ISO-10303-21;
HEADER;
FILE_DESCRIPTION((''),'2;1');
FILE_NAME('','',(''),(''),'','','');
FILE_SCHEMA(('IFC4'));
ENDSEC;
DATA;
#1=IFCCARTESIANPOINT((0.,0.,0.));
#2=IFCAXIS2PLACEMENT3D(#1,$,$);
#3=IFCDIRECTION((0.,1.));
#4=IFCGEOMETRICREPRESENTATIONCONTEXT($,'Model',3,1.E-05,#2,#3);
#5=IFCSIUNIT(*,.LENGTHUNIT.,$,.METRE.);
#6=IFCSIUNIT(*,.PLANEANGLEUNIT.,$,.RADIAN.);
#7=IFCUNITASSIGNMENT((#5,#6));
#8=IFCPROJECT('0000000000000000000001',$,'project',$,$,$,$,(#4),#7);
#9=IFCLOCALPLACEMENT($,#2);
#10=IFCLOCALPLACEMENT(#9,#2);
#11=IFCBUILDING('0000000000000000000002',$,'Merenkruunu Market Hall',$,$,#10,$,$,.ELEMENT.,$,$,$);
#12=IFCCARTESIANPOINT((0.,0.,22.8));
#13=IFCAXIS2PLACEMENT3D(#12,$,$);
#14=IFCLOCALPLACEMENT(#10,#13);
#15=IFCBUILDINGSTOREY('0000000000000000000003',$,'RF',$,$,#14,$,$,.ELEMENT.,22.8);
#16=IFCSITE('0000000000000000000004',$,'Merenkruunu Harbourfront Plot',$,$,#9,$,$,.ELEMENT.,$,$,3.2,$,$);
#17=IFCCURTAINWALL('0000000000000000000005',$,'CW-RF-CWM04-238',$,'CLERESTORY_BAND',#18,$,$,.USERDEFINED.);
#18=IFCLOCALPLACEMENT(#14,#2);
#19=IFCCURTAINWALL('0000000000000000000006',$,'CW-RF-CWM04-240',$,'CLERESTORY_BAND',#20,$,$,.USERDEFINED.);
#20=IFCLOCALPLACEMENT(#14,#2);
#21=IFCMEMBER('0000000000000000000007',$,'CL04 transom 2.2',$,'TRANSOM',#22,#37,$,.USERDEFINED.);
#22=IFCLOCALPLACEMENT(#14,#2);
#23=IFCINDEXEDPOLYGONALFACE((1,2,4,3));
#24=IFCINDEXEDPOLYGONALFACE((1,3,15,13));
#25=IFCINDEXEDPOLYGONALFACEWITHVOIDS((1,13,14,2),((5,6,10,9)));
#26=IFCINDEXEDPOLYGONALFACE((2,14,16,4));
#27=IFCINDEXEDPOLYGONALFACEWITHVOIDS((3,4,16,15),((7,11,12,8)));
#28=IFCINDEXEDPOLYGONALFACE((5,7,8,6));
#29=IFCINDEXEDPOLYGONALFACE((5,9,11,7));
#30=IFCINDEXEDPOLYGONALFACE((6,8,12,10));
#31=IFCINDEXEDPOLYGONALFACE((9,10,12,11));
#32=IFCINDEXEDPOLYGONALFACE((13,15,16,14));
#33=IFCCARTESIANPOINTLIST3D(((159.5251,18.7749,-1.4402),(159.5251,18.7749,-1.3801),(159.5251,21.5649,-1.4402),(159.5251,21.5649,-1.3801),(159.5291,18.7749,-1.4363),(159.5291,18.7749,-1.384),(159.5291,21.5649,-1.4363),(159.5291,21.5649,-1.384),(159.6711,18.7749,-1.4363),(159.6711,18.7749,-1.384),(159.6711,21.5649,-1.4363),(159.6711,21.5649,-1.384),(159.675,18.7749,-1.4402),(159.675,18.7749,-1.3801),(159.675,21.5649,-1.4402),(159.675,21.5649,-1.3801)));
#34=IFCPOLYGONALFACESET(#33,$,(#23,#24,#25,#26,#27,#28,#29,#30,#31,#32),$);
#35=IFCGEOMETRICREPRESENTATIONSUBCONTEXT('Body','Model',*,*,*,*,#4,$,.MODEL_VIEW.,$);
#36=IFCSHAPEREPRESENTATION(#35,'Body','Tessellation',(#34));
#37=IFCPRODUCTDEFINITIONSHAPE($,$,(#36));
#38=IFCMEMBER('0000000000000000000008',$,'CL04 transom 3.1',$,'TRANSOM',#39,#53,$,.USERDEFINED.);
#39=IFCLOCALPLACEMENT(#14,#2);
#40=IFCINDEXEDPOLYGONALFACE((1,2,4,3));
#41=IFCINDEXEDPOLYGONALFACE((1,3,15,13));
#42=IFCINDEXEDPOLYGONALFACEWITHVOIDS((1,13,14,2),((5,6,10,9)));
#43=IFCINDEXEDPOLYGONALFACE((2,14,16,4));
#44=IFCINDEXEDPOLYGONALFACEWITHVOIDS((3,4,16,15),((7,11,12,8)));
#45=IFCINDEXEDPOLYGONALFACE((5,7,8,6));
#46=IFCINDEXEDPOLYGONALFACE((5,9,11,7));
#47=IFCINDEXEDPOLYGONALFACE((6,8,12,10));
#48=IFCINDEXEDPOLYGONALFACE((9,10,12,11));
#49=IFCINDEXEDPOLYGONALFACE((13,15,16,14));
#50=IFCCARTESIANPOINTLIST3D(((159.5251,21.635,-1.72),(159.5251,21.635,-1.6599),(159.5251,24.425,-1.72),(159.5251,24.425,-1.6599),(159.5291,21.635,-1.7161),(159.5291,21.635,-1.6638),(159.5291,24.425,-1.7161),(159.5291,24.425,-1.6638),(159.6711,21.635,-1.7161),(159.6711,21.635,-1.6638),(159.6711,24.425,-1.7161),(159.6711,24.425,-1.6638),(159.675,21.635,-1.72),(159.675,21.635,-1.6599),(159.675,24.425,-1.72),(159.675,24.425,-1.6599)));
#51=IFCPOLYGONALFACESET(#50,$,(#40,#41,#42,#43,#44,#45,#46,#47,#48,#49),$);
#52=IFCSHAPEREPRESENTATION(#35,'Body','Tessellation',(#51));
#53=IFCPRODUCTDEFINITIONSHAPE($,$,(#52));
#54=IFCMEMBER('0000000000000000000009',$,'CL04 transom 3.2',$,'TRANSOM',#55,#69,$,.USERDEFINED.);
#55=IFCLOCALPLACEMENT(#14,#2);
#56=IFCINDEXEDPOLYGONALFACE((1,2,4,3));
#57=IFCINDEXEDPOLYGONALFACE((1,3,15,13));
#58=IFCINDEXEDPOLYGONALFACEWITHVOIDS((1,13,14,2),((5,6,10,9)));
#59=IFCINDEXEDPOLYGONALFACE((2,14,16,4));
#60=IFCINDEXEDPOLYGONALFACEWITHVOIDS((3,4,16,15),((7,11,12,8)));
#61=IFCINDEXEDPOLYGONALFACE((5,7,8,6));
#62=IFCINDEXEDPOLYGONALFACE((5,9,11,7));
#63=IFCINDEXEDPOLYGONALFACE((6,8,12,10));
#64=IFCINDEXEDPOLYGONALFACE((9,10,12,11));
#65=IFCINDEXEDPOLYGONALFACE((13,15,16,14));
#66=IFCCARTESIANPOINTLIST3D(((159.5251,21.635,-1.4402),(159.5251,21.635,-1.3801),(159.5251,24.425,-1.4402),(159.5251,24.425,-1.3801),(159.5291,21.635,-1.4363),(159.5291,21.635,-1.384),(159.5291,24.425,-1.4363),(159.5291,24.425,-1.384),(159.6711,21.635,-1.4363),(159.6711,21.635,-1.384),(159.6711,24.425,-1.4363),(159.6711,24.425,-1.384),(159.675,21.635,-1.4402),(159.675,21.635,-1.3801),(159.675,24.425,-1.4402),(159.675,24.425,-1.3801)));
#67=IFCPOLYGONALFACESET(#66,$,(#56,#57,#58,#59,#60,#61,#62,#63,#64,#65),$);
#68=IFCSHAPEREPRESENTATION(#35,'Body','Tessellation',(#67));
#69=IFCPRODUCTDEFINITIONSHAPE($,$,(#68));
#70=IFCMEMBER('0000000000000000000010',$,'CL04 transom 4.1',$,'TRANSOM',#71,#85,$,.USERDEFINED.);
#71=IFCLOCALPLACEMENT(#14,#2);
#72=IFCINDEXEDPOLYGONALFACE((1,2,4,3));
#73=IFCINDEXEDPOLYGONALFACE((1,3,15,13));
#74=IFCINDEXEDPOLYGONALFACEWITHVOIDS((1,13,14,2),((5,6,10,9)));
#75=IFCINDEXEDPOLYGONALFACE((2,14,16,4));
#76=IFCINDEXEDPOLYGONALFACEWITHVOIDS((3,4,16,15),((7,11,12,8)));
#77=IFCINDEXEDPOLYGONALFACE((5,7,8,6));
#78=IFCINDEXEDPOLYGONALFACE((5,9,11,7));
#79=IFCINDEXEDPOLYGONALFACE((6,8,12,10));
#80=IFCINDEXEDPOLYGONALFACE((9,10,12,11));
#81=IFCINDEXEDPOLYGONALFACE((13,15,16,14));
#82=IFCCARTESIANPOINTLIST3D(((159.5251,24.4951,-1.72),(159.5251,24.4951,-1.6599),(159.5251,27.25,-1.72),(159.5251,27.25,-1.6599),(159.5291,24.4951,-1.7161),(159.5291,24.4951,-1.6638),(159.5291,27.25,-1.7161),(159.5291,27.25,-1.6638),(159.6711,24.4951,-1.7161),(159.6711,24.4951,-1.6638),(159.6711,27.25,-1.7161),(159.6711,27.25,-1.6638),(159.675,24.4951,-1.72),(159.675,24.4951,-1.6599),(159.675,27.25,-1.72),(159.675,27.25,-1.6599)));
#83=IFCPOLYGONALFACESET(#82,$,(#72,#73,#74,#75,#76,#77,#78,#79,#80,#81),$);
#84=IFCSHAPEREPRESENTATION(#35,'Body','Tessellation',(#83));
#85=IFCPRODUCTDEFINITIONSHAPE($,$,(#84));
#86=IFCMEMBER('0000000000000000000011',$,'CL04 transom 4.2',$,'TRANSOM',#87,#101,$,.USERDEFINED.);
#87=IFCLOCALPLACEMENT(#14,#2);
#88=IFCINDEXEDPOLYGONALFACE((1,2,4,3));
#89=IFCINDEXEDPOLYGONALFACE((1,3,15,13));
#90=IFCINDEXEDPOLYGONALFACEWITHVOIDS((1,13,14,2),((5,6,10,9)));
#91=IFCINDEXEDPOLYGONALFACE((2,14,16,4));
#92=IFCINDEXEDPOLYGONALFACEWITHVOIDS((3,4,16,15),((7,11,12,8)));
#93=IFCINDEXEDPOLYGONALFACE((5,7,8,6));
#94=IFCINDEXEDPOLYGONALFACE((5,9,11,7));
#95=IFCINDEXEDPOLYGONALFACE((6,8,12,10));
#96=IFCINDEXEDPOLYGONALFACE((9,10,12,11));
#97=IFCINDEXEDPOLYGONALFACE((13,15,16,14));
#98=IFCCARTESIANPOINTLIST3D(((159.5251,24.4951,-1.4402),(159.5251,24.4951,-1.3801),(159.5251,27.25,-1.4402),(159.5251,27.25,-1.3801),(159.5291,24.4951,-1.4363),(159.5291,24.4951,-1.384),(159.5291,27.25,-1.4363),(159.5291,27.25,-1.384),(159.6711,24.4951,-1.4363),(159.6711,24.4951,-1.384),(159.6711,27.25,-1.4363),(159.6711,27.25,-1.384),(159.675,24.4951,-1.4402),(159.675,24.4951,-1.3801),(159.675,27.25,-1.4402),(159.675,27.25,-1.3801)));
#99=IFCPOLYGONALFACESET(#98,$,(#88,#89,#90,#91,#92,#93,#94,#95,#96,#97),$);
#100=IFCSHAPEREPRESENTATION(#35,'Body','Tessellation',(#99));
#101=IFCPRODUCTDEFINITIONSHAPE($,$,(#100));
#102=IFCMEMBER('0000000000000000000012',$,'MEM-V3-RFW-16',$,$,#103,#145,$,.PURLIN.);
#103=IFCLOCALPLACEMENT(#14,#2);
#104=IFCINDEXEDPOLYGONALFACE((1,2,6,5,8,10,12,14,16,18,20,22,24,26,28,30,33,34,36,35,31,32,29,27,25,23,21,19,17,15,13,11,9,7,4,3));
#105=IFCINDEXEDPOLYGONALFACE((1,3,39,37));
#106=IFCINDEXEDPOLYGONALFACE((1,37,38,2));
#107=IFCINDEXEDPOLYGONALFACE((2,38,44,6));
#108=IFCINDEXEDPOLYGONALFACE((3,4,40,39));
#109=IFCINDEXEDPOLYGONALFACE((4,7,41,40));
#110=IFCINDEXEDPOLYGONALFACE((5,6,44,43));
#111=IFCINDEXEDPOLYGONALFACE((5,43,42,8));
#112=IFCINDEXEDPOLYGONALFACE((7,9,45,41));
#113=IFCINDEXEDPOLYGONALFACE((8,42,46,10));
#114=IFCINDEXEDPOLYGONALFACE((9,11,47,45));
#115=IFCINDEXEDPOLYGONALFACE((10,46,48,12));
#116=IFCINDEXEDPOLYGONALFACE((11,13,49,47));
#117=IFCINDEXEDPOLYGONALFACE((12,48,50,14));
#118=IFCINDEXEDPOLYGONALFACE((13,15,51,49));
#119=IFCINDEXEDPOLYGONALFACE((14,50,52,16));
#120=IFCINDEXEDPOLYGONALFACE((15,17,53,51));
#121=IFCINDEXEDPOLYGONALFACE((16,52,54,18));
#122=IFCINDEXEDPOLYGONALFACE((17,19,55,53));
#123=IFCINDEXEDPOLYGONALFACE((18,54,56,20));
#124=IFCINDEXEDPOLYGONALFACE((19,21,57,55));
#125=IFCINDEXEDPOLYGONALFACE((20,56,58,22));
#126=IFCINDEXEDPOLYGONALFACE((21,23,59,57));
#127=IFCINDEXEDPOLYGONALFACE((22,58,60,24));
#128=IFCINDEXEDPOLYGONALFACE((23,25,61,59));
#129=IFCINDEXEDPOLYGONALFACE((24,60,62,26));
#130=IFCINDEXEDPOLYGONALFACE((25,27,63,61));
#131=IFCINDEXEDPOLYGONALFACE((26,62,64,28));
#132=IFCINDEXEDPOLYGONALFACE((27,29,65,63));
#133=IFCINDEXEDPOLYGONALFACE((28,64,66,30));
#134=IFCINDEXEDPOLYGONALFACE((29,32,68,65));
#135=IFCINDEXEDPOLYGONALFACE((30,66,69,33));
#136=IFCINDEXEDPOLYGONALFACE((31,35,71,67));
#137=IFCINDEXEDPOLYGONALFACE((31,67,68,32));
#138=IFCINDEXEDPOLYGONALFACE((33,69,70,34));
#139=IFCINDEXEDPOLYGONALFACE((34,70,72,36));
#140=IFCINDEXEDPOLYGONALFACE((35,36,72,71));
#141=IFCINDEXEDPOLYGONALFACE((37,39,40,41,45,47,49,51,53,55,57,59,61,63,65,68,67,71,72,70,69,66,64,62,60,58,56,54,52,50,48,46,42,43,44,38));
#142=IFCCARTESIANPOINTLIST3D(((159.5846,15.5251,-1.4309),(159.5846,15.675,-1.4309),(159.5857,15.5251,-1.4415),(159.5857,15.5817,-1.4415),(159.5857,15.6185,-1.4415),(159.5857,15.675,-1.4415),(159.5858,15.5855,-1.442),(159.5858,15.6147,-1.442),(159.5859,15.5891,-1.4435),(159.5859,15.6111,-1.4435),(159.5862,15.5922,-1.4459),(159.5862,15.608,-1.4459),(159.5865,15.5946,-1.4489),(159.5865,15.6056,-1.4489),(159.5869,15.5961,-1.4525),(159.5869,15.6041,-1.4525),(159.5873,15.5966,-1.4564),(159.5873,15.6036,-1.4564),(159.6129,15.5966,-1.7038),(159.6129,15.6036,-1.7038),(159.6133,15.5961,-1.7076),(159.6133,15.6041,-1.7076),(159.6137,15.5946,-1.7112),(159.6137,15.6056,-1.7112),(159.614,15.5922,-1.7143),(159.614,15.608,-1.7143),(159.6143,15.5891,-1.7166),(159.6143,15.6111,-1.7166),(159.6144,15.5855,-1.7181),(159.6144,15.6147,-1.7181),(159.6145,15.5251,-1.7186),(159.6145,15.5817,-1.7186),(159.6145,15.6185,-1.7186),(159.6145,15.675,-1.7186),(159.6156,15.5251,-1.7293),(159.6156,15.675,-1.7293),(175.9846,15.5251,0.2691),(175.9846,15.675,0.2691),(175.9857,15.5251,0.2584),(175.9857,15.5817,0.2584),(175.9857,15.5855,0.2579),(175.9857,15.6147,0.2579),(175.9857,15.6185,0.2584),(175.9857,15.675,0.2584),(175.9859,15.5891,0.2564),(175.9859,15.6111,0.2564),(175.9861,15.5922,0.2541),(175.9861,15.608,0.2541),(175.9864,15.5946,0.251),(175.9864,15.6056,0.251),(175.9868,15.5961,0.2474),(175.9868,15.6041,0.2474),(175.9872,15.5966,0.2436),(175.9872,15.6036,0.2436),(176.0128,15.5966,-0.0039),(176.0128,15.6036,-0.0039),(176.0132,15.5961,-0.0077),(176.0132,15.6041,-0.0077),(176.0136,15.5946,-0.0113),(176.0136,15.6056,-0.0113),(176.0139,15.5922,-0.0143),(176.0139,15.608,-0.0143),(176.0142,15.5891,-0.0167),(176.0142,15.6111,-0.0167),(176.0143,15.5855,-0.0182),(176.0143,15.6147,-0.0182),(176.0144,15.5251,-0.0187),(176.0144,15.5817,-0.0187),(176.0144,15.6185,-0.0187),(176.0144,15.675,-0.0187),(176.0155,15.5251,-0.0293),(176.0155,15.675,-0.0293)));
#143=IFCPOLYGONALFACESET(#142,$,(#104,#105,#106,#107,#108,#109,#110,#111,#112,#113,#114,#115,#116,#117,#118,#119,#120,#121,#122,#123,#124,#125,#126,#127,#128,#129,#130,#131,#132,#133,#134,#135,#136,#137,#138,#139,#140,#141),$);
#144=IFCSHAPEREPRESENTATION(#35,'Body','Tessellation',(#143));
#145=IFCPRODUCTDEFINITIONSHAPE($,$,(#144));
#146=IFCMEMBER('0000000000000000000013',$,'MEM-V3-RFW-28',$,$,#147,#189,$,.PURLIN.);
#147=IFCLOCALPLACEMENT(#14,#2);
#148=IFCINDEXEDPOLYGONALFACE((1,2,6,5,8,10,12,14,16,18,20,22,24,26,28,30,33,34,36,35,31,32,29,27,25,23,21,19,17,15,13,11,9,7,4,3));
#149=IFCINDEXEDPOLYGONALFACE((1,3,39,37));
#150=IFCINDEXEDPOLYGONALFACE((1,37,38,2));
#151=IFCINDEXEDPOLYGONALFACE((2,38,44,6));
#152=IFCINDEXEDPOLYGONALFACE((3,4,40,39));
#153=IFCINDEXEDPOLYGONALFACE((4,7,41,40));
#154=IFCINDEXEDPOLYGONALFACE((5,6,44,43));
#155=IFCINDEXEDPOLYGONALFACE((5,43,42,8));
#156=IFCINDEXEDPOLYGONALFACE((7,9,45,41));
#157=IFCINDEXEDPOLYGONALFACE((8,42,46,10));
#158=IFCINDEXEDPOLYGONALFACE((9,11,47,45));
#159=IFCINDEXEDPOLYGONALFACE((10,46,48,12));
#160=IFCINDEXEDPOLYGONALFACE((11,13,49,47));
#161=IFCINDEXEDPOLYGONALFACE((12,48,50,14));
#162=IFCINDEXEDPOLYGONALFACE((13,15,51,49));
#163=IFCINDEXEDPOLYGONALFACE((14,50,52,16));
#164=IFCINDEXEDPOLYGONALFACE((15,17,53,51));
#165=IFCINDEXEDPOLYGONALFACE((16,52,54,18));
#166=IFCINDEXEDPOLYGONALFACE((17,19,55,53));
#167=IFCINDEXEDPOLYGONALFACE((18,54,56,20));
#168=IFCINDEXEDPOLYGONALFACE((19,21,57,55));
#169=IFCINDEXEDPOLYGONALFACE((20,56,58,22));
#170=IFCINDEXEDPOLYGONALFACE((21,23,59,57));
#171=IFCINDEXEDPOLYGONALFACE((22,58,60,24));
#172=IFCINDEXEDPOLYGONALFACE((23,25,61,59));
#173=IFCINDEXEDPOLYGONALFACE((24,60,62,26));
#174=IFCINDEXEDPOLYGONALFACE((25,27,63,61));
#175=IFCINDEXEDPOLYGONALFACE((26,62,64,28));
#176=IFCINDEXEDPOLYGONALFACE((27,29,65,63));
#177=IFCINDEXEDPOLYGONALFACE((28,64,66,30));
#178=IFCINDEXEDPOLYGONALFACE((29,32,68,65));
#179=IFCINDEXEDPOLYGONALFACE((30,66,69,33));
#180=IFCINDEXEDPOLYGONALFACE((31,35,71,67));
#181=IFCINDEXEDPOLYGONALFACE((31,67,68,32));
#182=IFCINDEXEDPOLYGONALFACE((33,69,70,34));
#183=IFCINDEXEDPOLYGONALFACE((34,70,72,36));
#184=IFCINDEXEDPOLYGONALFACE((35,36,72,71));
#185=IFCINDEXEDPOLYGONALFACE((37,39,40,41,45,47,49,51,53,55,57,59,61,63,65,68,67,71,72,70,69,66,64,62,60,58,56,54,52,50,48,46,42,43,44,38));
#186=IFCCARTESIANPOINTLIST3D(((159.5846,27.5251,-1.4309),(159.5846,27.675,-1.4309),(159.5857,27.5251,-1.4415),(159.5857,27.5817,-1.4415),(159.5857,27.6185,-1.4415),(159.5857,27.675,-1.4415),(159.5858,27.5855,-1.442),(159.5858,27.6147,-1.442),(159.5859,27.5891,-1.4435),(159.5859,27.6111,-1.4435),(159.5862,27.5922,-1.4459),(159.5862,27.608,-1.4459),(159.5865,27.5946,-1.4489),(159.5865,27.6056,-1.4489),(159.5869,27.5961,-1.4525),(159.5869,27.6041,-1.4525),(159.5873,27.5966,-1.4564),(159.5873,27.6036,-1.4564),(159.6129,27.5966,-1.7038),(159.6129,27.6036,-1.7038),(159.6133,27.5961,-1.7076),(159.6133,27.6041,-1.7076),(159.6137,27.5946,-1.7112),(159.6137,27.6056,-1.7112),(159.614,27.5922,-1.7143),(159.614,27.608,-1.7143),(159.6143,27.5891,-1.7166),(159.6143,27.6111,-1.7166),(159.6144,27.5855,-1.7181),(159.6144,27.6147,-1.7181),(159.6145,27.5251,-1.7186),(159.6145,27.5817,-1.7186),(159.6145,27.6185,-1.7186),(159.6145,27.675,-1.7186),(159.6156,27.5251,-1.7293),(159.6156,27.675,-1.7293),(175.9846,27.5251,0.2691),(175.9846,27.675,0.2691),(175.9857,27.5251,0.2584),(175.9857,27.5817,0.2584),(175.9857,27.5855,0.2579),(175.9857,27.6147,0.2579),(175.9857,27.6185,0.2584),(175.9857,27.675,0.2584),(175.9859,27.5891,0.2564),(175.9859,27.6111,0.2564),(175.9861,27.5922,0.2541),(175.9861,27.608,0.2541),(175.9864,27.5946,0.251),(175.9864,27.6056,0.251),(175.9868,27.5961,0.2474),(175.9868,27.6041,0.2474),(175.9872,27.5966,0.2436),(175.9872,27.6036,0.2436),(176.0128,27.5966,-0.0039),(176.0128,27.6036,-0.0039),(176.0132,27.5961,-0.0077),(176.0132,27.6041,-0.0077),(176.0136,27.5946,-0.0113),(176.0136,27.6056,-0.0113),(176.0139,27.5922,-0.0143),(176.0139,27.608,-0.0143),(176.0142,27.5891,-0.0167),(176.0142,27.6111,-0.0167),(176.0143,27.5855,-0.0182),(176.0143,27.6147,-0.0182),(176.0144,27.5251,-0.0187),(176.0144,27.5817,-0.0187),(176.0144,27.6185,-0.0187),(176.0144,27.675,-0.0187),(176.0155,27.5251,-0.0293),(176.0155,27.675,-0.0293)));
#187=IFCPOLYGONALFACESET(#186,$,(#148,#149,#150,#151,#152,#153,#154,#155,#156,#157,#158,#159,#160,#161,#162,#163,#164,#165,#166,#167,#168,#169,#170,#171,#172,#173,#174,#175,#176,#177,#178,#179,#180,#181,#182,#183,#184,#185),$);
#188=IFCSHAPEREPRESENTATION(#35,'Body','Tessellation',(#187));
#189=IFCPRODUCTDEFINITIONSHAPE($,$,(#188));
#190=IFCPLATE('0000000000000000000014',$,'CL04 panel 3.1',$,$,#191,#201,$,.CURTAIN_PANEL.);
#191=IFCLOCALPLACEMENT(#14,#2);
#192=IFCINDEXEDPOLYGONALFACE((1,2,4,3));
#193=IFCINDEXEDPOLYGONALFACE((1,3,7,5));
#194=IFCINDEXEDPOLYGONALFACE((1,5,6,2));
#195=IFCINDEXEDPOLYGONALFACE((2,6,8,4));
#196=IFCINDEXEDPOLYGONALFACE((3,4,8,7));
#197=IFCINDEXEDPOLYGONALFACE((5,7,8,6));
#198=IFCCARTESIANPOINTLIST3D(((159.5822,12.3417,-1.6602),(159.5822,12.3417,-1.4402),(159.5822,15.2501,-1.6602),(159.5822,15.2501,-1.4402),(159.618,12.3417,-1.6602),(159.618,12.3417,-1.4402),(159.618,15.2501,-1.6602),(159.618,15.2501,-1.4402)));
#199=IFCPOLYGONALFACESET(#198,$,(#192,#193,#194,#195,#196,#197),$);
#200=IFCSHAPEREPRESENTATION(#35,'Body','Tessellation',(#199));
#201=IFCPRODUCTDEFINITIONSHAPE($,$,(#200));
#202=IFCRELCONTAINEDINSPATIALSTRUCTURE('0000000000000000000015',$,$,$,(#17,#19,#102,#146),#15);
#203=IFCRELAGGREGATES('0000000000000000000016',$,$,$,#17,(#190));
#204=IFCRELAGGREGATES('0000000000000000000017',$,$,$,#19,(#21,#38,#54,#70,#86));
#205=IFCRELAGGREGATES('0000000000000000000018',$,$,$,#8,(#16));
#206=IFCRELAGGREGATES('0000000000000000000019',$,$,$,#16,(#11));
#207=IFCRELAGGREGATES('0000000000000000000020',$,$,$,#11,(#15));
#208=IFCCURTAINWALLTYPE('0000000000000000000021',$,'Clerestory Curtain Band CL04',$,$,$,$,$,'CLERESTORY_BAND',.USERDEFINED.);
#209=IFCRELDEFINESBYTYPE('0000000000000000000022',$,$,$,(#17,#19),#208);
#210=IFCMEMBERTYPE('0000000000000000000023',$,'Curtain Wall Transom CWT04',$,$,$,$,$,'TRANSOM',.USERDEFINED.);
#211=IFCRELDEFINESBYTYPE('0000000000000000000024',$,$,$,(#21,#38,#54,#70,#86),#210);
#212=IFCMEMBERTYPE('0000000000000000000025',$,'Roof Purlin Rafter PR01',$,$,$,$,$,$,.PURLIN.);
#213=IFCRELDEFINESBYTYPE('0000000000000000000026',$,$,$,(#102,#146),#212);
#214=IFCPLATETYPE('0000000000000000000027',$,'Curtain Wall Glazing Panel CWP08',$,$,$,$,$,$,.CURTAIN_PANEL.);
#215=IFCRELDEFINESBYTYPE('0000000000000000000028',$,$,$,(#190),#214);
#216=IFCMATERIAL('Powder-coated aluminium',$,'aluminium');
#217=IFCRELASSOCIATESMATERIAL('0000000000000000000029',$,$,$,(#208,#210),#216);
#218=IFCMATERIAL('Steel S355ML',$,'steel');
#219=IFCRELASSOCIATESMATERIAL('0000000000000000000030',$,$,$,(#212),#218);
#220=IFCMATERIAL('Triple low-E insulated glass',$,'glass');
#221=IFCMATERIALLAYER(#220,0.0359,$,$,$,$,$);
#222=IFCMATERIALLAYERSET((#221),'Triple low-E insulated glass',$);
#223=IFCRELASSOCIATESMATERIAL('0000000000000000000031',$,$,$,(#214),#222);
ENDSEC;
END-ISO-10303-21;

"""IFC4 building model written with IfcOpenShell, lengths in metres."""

from ifc_helpers import new_model, si_unit, direction, frame, origin, origin_2d, place, context, subcontext, project, spatial, rectangle, hollow_rectangle, i_section, extrude, material, layer, layer_set, material_profile, profile_set, type_object, element, aggregate, save


model = new_model("IFC4")

# Units and contexts
model_context = context("Model", 3, precision=1e-05, world=origin(), true_north=direction((0.0, 1.0)))
body_context = subcontext(model_context, "Body", "Model", "MODEL_VIEW")
ifc_project = project(units=[si_unit("LENGTHUNIT", "METRE"), si_unit("PLANEANGLEUNIT", "RADIAN")], contexts=[model_context])

# Site, building, storey
site_placement = place(None, origin())
site = spatial("IfcSite", under=ifc_project, at=site_placement, Name="Merenkruunu Harbourfront Plot", CompositionType="ELEMENT", RefElevation=3.2)
building_placement = place(site_placement, origin())
building = spatial("IfcBuilding", under=site, at=building_placement, Name="Merenkruunu Market Hall", CompositionType="ELEMENT")
storey_placement = place(building_placement, frame((0.0, 0.0, 22.8)))
storey = spatial("IfcBuildingStorey", under=building, at=storey_placement, Name="RF", CompositionType="ELEMENT", Elevation=22.8)

# Curtain wall
ifc_material_1 = material(Name="Powder-coated aluminium", Category="aluminium")
curtain_wall_type_1 = type_object("IfcCurtainWallType", Name="Clerestory Curtain Band CL04", ElementType="CLERESTORY_BAND", PredefinedType="USERDEFINED", material=ifc_material_1)
curtain_wall_1_placement = place(storey_placement, origin())
curtain_wall_1 = element("IfcCurtainWall", 1, at=curtain_wall_1_placement, inside=storey, type_object=curtain_wall_type_1, Name="CW-RF-CWM04-238", ObjectType="CLERESTORY_BAND", PredefinedType="USERDEFINED")

# Curtain wall
curtain_wall_2_placement = place(storey_placement, origin())
curtain_wall_2 = element("IfcCurtainWall", 2, at=curtain_wall_2_placement, inside=storey, type_object=curtain_wall_type_1, Name="CW-RF-CWM04-240", ObjectType="CLERESTORY_BAND", PredefinedType="USERDEFINED")

# Members
ifc_material_profile_1 = material_profile(ifc_material_1, hollow_rectangle(XDim=0.0601, YDim=0.1499, WallThickness=0.0039, at=origin_2d()), Name="ALU 60x150x4")
ifc_profile_set_1 = profile_set([ifc_material_profile_1], Name="Powder-coated aluminium")
member_type_1 = type_object("IfcMemberType", Name="Curtain Wall Transom CWT04", ElementType="TRANSOM", PredefinedType="USERDEFINED", material=ifc_profile_set_1)
member_1_placement = place(storey_placement, frame((159.6001, 18.7749, -1.4102), z_axis=(0.0, 1.0, 0.0), x_axis=(0.0, 0.0, 1.0)))
member_1 = element("IfcMember", 3, at=member_1_placement, type_object=member_type_1, Name="CL04 transom 2.2", ObjectType="TRANSOM", PredefinedType="USERDEFINED", context=body_context, shape_type="SweptSolid", body=[
    extrude(hollow_rectangle(XDim=0.0601, YDim=0.1499, WallThickness=0.0039, at=origin_2d()), origin(), (0.0, 0.0, 1.0), 2.79),
])
member_2_placement = place(storey_placement, frame((159.6001, 21.635, -1.6899), z_axis=(0.0, 1.0, 0.0), x_axis=(0.0, 0.0, 1.0)))
member_2 = element("IfcMember", 4, at=member_2_placement, type_object=member_type_1, Name="CL04 transom 3.1", ObjectType="TRANSOM", PredefinedType="USERDEFINED", context=body_context, shape_type="SweptSolid", body=[
    extrude(hollow_rectangle(XDim=0.0601, YDim=0.1499, WallThickness=0.0039, at=origin_2d()), origin(), (0.0, 0.0, 1.0), 2.79),
])
member_3_placement = place(storey_placement, frame((159.6001, 21.635, -1.4102), z_axis=(0.0, 1.0, 0.0), x_axis=(0.0, 0.0, 1.0)))
member_3 = element("IfcMember", 5, at=member_3_placement, type_object=member_type_1, Name="CL04 transom 3.2", ObjectType="TRANSOM", PredefinedType="USERDEFINED", context=body_context, shape_type="SweptSolid", body=[
    extrude(hollow_rectangle(XDim=0.0601, YDim=0.1499, WallThickness=0.0039, at=origin_2d()), origin(), (0.0, 0.0, 1.0), 2.79),
])
member_4_placement = place(storey_placement, frame((159.6001, 24.4951, -1.6899), z_axis=(0.0, 1.0, 0.0), x_axis=(0.0, 0.0, 1.0)))
member_4 = element("IfcMember", 6, at=member_4_placement, type_object=member_type_1, Name="CL04 transom 4.1", ObjectType="TRANSOM", PredefinedType="USERDEFINED", context=body_context, shape_type="SweptSolid", body=[
    extrude(hollow_rectangle(XDim=0.0601, YDim=0.1499, WallThickness=0.0039, at=origin_2d()), origin(), (0.0, 0.0, 1.0), 2.7549),
])
member_5_placement = place(storey_placement, frame((159.6001, 24.4951, -1.4102), z_axis=(0.0, 1.0, 0.0), x_axis=(0.0, 0.0, 1.0)))
member_5 = element("IfcMember", 7, at=member_5_placement, type_object=member_type_1, Name="CL04 transom 4.2", ObjectType="TRANSOM", PredefinedType="USERDEFINED", context=body_context, shape_type="SweptSolid", body=[
    extrude(hollow_rectangle(XDim=0.0601, YDim=0.1499, WallThickness=0.0039, at=origin_2d()), origin(), (0.0, 0.0, 1.0), 2.7549),
])

# Members
ifc_material_2 = material(Name="Steel S355ML", Category="steel")
ifc_material_profile_2 = material_profile(ifc_material_2, i_section(OverallWidth=0.1499, OverallDepth=0.3, WebThickness=0.0071, FlangeThickness=0.0107, FilletRadius=0.0149, at=origin_2d()), Name="IPE 300")
ifc_profile_set_2 = profile_set([ifc_material_profile_2], Name="Steel S355ML")
member_type_2 = type_object("IfcMemberType", Name="Roof Purlin Rafter PR01", PredefinedType="PURLIN", material=ifc_profile_set_2)
for number, where, z_axis, x_axis, name in (
    (8, (159.6001, 15.6001, -1.5801), (0.994671, 0.0, 0.103104), (0.0, 1.0, 0.0), "MEM-V3-RFW-16"),
    (9, (159.6001, 27.6001, -1.5801), (0.994671, 0.0, 0.103104), (0.0, 1.0, 0.0), "MEM-V3-RFW-28"),
):
    element("IfcMember", number, at=place(storey_placement, frame(where, z_axis=z_axis, x_axis=x_axis)), inside=storey, type_object=member_type_2, Name=name, PredefinedType="PURLIN", context=body_context, shape_type="SweptSolid", body=[
        extrude(i_section(OverallWidth=0.1499, OverallDepth=0.3, WebThickness=0.0071, FlangeThickness=0.0107, FilletRadius=0.0149, at=origin_2d()), origin(), (0.0, 0.0, 1.0), 16.4878),
    ])

# Plate
ifc_material_3 = material(Name="Triple low-E insulated glass", Category="glass")
ifc_layer_1 = layer(ifc_material_3, 0.0359)
ifc_layer_set_1 = layer_set([ifc_layer_1], Name="Triple low-E insulated glass")
plate_type = type_object("IfcPlateType", Name="Curtain Wall Glazing Panel CWP08", PredefinedType="CURTAIN_PANEL", material=ifc_layer_set_1)
plate_1_placement = place(storey_placement, frame((159.6001, 13.7959, -1.6602), z_axis=(0.0, 0.0, 1.0), x_axis=(0.0, 1.0, 0.0)))
plate_1 = element("IfcPlate", 10, at=plate_1_placement, type_object=plate_type, Name="CL04 panel 3.1", PredefinedType="CURTAIN_PANEL", context=body_context, shape_type="SweptSolid", body=[
    extrude(rectangle(XDim=2.9084, YDim=0.0359, at=origin_2d()), origin(), (0.0, 0.0, 1.0), 0.22),
])
aggregate(curtain_wall_1, [plate_1])
aggregate(curtain_wall_2, [member_1, member_2, member_3, member_4, member_5])

save(model, "model.ifc")
